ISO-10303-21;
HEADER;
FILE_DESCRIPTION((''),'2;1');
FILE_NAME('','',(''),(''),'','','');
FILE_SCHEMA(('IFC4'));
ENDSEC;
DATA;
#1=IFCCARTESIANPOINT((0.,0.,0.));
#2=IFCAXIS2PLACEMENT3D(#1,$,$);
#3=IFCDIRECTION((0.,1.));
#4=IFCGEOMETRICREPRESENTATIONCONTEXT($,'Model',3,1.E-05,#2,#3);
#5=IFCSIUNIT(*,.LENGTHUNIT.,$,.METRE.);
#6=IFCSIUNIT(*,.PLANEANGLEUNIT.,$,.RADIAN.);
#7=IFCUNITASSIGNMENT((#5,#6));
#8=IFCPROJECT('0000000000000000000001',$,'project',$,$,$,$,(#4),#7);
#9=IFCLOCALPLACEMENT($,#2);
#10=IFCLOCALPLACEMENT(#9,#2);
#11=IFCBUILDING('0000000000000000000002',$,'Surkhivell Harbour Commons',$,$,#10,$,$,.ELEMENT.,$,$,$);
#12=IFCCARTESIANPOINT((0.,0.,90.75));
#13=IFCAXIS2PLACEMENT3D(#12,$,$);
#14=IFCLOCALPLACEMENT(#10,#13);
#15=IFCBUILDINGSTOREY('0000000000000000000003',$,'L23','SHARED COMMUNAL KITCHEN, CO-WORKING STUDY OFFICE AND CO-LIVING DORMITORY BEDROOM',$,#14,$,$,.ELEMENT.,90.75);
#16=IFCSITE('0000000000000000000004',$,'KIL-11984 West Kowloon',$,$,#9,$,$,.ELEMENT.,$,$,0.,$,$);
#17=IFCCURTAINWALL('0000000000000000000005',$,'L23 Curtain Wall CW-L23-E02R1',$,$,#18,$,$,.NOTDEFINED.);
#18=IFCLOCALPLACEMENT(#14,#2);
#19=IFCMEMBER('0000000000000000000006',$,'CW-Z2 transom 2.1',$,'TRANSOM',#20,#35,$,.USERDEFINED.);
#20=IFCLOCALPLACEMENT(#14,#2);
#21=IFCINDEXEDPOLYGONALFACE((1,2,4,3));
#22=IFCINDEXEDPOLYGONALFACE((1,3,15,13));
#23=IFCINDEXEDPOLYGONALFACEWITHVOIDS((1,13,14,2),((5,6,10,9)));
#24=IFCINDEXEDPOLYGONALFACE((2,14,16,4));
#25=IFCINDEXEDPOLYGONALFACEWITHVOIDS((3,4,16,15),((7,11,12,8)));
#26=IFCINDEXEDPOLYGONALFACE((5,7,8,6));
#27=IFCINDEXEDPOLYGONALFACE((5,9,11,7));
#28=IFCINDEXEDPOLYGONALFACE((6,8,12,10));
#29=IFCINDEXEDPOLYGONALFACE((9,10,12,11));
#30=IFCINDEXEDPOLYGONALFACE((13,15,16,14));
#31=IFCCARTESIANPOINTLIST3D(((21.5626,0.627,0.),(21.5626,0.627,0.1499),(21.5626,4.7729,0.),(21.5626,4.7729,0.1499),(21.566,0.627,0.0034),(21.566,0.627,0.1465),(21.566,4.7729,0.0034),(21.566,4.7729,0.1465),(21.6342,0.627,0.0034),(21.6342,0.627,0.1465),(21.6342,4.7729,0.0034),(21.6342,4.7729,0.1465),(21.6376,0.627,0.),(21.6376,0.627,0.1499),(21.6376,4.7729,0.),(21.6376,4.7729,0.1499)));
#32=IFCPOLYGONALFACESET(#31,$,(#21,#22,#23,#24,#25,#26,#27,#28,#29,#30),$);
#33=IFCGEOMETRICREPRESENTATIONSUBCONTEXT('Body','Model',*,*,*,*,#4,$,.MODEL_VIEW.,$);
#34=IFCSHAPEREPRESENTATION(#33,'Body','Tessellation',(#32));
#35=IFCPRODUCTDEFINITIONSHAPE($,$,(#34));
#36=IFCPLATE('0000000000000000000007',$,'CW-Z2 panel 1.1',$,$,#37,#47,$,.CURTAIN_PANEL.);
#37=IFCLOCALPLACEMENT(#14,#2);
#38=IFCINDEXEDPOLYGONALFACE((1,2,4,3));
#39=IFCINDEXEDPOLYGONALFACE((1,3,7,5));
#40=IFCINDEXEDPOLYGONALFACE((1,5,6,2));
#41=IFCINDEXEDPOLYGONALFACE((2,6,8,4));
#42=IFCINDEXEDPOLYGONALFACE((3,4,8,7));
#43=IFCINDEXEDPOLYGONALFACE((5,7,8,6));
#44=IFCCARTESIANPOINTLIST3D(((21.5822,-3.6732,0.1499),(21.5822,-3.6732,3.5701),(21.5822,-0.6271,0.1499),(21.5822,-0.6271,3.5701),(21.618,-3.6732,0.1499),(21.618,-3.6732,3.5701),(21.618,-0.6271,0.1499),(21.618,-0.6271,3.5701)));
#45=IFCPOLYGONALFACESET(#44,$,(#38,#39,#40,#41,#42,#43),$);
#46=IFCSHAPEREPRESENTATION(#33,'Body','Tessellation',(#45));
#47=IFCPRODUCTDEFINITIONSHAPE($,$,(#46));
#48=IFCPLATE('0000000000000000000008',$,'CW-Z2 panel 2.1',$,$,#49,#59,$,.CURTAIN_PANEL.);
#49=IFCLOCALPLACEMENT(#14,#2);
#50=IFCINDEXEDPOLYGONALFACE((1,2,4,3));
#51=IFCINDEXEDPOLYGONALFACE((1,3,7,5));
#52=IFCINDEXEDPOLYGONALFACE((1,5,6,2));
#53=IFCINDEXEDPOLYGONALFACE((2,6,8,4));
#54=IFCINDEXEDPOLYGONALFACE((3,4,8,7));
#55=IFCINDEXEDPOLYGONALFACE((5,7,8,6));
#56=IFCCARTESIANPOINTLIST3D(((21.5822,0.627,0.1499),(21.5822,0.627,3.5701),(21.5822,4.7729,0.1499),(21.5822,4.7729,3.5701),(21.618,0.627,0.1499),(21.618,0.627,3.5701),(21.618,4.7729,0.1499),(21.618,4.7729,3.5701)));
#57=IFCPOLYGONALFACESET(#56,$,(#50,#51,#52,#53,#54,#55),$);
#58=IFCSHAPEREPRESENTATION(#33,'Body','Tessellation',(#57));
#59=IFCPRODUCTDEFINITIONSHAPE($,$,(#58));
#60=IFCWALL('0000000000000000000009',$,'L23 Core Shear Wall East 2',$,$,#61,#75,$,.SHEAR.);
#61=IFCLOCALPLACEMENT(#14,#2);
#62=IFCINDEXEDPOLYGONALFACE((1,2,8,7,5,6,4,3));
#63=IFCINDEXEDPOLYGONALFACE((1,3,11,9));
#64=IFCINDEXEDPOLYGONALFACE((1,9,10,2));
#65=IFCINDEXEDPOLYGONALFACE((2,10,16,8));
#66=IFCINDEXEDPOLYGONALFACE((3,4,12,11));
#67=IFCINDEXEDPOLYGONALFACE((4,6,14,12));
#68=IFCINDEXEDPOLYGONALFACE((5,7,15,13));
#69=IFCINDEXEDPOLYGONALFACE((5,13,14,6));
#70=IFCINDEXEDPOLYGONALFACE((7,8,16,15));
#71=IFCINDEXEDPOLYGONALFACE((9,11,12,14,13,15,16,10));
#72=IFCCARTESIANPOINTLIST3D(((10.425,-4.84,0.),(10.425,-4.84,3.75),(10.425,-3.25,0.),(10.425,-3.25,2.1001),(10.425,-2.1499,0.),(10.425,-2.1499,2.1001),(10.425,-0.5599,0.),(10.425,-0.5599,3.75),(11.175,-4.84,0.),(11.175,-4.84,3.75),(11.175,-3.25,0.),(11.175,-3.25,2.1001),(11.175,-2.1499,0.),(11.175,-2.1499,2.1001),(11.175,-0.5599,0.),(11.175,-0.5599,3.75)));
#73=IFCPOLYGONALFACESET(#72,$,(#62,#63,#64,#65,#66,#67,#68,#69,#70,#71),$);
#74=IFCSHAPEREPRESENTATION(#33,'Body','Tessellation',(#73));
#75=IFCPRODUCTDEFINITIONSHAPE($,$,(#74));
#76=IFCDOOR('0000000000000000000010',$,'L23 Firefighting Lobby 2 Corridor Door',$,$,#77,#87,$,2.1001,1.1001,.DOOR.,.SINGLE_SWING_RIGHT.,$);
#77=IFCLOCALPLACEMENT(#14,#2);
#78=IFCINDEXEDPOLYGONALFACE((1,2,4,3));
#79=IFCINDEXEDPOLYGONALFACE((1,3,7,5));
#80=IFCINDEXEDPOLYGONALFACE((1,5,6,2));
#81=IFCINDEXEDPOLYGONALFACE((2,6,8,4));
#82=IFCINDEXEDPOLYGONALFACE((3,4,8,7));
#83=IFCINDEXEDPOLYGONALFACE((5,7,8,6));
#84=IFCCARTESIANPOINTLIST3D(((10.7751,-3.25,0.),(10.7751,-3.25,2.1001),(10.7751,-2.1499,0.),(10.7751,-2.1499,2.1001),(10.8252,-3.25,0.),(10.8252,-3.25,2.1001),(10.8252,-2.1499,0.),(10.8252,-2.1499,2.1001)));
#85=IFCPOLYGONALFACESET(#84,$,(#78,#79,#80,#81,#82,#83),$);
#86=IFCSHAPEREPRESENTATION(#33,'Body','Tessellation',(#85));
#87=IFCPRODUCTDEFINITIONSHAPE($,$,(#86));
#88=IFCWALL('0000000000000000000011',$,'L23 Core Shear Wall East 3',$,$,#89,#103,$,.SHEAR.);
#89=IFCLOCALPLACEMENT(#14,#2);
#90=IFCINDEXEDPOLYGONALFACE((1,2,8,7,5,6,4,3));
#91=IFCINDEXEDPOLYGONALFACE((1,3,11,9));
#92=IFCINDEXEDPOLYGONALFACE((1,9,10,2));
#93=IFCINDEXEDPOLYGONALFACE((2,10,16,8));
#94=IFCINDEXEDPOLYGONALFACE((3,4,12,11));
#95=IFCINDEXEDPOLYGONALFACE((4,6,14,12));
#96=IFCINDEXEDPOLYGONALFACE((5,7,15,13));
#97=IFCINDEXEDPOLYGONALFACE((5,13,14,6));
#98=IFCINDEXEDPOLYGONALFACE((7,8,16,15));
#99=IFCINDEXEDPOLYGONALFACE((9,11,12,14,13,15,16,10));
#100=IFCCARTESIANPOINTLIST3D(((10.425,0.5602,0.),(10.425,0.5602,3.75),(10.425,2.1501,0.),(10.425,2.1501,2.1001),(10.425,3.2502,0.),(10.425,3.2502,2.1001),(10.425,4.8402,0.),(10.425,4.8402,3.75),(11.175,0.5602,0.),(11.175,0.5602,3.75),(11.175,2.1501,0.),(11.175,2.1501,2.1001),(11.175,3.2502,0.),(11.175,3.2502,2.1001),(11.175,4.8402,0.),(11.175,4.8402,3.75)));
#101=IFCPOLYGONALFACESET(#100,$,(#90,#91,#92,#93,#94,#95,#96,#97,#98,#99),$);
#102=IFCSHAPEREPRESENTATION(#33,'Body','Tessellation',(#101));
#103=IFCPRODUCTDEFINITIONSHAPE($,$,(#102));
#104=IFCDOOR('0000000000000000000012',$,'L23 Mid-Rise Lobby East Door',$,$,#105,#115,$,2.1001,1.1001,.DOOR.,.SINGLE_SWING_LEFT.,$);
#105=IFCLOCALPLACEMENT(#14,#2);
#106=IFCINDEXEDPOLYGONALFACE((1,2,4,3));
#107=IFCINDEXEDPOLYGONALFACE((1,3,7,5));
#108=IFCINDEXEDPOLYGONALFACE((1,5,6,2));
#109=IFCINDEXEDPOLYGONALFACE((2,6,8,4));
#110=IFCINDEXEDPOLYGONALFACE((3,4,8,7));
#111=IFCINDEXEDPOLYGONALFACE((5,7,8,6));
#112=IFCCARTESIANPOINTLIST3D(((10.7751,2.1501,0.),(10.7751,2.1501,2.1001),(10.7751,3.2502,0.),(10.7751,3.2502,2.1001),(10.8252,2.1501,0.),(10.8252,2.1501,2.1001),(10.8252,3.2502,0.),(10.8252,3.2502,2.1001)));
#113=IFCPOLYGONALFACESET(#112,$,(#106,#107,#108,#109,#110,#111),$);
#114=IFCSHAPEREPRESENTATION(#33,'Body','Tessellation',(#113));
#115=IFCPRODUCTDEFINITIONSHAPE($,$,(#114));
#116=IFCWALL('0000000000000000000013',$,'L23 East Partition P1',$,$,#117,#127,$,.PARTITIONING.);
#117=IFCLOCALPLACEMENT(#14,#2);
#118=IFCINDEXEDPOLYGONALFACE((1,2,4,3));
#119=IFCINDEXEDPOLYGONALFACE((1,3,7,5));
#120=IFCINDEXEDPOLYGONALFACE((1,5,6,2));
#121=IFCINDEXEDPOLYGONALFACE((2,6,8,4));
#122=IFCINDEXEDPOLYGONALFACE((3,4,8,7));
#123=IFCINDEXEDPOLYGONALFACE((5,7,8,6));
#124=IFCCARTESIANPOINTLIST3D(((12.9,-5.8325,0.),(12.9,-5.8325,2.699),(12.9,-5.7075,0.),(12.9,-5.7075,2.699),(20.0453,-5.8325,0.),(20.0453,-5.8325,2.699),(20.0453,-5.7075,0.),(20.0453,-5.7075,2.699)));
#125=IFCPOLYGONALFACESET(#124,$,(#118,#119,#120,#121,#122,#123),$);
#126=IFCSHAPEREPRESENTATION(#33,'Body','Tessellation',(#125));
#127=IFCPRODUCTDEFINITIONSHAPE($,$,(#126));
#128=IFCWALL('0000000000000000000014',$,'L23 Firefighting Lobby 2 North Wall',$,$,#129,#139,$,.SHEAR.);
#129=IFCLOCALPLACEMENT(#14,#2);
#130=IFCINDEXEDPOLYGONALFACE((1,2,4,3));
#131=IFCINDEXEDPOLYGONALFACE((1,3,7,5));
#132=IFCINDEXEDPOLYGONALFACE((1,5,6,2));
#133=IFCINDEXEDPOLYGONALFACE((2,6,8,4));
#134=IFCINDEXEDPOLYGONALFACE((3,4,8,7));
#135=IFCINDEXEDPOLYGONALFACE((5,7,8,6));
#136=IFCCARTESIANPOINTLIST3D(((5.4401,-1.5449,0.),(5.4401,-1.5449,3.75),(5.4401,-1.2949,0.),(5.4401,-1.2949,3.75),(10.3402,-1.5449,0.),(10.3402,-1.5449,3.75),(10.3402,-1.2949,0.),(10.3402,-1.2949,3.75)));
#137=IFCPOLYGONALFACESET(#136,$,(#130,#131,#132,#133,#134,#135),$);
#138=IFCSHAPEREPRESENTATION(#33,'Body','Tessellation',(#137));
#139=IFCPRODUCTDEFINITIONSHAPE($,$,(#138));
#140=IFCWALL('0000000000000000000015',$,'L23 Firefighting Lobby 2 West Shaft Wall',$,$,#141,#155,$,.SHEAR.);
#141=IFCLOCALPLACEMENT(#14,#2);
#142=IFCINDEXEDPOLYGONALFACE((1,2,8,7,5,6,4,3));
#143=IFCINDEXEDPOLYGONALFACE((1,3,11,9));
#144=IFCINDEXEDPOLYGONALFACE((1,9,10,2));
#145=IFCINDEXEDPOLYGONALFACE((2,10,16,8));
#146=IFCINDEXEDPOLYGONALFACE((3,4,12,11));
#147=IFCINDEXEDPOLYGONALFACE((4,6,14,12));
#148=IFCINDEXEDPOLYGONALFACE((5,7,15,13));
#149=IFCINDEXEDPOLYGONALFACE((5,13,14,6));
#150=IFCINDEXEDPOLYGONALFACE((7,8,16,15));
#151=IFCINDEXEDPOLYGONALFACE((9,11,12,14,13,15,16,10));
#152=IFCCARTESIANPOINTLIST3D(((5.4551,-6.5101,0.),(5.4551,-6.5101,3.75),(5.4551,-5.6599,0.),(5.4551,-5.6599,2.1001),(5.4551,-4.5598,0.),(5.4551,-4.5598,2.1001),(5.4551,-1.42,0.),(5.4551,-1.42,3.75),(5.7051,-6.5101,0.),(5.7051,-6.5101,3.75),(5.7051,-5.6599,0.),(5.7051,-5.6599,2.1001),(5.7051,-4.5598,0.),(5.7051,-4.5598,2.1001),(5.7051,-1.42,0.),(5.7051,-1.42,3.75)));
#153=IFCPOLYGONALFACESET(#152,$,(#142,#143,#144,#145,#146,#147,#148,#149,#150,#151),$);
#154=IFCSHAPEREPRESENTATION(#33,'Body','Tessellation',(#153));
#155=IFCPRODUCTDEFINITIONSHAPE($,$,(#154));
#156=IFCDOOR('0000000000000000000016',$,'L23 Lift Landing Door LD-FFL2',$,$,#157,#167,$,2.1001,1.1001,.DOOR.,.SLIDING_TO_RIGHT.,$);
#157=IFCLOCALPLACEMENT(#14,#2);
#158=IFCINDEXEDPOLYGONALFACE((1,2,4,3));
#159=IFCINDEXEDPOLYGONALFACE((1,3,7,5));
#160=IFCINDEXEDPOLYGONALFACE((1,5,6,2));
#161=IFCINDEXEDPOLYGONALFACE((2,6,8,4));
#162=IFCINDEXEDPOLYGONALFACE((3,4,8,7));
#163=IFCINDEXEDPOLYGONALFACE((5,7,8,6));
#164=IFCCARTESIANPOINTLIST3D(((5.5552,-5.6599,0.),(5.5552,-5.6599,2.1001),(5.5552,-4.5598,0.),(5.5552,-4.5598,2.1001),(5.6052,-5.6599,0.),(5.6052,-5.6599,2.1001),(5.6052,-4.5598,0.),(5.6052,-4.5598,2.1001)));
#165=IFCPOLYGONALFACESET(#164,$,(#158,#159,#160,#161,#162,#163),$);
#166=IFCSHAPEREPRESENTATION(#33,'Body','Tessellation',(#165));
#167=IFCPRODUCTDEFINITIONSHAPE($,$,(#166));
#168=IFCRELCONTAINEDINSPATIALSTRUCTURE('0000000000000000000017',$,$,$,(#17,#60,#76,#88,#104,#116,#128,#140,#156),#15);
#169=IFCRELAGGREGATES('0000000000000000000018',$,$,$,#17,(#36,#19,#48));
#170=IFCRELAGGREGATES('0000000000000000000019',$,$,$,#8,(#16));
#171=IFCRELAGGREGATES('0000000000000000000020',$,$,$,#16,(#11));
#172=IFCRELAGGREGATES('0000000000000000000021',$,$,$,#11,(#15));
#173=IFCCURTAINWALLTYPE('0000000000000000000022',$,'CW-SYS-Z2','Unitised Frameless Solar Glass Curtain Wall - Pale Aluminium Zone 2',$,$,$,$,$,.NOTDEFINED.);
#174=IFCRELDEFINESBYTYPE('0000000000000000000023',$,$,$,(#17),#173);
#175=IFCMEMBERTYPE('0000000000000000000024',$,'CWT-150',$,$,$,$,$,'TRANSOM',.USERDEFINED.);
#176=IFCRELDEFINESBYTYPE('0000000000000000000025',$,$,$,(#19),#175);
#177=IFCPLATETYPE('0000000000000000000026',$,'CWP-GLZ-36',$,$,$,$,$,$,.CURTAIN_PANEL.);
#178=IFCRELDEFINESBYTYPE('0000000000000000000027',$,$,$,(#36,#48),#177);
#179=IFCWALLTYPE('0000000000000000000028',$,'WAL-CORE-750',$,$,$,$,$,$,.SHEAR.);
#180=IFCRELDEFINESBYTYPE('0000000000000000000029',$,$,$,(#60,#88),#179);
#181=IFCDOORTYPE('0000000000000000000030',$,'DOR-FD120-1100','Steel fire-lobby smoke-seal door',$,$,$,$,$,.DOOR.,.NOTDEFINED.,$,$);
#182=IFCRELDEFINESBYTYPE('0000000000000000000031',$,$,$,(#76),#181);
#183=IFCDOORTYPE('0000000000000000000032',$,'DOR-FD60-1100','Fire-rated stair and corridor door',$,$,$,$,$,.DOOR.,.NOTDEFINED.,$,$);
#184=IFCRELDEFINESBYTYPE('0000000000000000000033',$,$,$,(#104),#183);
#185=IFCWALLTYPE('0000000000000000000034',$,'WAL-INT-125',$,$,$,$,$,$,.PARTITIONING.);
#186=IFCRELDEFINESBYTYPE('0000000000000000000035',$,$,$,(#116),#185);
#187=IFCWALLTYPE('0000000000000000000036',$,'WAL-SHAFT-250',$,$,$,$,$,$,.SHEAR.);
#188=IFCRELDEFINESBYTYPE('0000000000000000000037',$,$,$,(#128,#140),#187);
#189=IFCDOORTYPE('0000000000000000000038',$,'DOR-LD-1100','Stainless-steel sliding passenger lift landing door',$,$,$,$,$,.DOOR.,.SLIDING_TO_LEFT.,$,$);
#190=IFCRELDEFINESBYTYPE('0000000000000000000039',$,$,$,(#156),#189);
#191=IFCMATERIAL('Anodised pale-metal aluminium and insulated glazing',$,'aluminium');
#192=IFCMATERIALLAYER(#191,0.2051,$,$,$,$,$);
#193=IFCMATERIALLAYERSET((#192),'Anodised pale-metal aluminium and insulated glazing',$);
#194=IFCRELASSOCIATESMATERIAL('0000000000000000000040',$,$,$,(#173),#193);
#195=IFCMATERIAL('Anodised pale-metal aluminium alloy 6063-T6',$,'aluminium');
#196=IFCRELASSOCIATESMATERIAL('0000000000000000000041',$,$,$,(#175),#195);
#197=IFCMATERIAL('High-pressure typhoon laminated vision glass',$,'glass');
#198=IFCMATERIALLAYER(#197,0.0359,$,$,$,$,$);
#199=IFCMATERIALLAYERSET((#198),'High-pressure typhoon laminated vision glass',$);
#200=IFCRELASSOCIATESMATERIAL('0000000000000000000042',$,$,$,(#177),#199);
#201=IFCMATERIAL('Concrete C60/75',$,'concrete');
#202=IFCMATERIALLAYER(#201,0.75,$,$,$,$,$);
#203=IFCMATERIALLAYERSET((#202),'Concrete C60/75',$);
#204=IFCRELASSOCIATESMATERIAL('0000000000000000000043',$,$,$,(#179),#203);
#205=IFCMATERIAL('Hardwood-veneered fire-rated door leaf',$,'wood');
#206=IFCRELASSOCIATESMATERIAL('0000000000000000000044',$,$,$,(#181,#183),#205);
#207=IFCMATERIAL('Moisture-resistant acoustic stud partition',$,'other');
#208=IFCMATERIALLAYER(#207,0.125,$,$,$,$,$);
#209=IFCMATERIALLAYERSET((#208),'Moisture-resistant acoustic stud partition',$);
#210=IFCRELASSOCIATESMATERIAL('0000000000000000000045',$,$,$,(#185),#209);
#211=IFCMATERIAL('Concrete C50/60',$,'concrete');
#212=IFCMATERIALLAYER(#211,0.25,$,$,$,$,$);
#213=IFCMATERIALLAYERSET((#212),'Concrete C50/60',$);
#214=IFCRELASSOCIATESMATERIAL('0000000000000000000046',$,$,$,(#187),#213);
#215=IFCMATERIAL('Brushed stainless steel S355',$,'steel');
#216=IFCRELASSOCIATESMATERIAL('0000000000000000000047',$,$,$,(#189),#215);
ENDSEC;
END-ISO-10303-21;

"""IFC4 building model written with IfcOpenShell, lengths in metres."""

from ifc_helpers import new_model, si_unit, direction, frame, frame_2d, origin, origin_2d, place, context, subcontext, project, spatial, rectangle, hollow_rectangle, extrude, material, layer, layer_set, material_profile, profile_set, type_object, element, fill, aggregate, save


model = new_model("IFC4")

# Units and contexts
model_context = context("Model", 3, precision=1e-05, world=origin(), true_north=direction((0.0, 1.0)))
body_context = subcontext(model_context, "Body", "Model", "MODEL_VIEW")
ifc_project = project(units=[si_unit("LENGTHUNIT", "METRE"), si_unit("PLANEANGLEUNIT", "RADIAN")], contexts=[model_context])

# Site, building, storey
site_placement = place(None, origin())
site = spatial("IfcSite", under=ifc_project, at=site_placement, Name="KIL-11984 West Kowloon", CompositionType="ELEMENT", RefElevation=0.0)
building_placement = place(site_placement, origin())
building = spatial("IfcBuilding", under=site, at=building_placement, Name="Surkhivell Harbour Commons", CompositionType="ELEMENT")
storey_placement = place(building_placement, frame((0.0, 0.0, 90.75)))
storey = spatial("IfcBuildingStorey", under=building, at=storey_placement, Name="L23", Description="SHARED COMMUNAL KITCHEN, CO-WORKING STUDY OFFICE AND CO-LIVING DORMITORY BEDROOM", CompositionType="ELEMENT", Elevation=90.75)

# Shared definitions
ifc_material_1 = material(Name="Concrete C60/75", Category="concrete")

# Shared definitions
ifc_material_2 = material(Name="Anodised pale-metal aluminium and insulated glazing", Category="aluminium")
ifc_layer_1 = layer(ifc_material_2, 0.2051)
ifc_layer_set_1 = layer_set([ifc_layer_1], Name="Anodised pale-metal aluminium and insulated glazing")
curtain_wall_type = type_object("IfcCurtainWallType", Name="CW-SYS-Z2", Description="Unitised Frameless Solar Glass Curtain Wall - Pale Aluminium Zone 2", PredefinedType="NOTDEFINED", material=ifc_layer_set_1)
ifc_material_3 = material(Name="Anodised pale-metal aluminium alloy 6063-T6", Category="aluminium")

# Curtain wall, member, plates
curtain_wall_1_placement = place(storey_placement, origin())
curtain_wall_1 = element("IfcCurtainWall", 1, at=curtain_wall_1_placement, inside=storey, type_object=curtain_wall_type, Name="L23 Curtain Wall CW-L23-E02R1", PredefinedType="NOTDEFINED")
ifc_material_profile_1 = material_profile(ifc_material_3, hollow_rectangle(XDim=0.075, YDim=0.1499, WallThickness=0.0034, at=origin_2d()), Name="ALU-TRAN-75x150")
ifc_profile_set_1 = profile_set([ifc_material_profile_1], Name="Anodised pale-metal aluminium alloy 6063-T6")
member_type_1 = type_object("IfcMemberType", Name="CWT-150", ElementType="TRANSOM", PredefinedType="USERDEFINED", material=ifc_profile_set_1)
member_1_placement = place(storey_placement, frame((21.6001, 0.627, 0.075), z_axis=(0.0, 1.0, 0.0), x_axis=(-1.0, 0.0, 0.0)))
member_1 = element("IfcMember", 2, at=member_1_placement, type_object=member_type_1, Name="CW-Z2 transom 2.1", ObjectType="TRANSOM", PredefinedType="USERDEFINED", context=body_context, shape_type="SweptSolid", body=[
    extrude(hollow_rectangle(XDim=0.075, YDim=0.1499, WallThickness=0.0034, at=origin_2d()), origin(), (0.0, 0.0, 1.0), 4.146),
])
ifc_material_4 = material(Name="High-pressure typhoon laminated vision glass", Category="glass")
ifc_layer_2 = layer(ifc_material_4, 0.0359)
ifc_layer_set_2 = layer_set([ifc_layer_2], Name="High-pressure typhoon laminated vision glass")
plate_type = type_object("IfcPlateType", Name="CWP-GLZ-36", PredefinedType="CURTAIN_PANEL", material=ifc_layer_set_2)
plate_1_placement = place(storey_placement, frame((21.6001, -3.6731, 0.1499), z_axis=(0.0, 0.0, 1.0), x_axis=(0.0, 1.0, 0.0)))
plate_1 = element("IfcPlate", 3, at=plate_1_placement, type_object=plate_type, Name="CW-Z2 panel 1.1", PredefinedType="CURTAIN_PANEL", context=body_context, shape_type="SweptSolid", body=[
    extrude(rectangle(XDim=3.0461, YDim=0.0359, at=frame_2d((1.5229, 0.0))), origin(), (0.0, 0.0, 1.0), 3.4202),
])
plate_2_placement = place(storey_placement, frame((21.6001, 0.627, 0.1499), z_axis=(0.0, 0.0, 1.0), x_axis=(0.0, 1.0, 0.0)))
plate_2 = element("IfcPlate", 4, at=plate_2_placement, type_object=plate_type, Name="CW-Z2 panel 2.1", PredefinedType="CURTAIN_PANEL", context=body_context, shape_type="SweptSolid", body=[
    extrude(rectangle(XDim=4.146, YDim=0.0359, at=frame_2d((2.073, 0.0))), origin(), (0.0, 0.0, 1.0), 3.4202),
])
aggregate(curtain_wall_1, [plate_1, member_1, plate_2])

# Walls, openings, doors
ifc_layer_3 = layer(ifc_material_1, 0.75)
ifc_layer_set_3 = layer_set([ifc_layer_3], Name="Concrete C60/75")
wall_type_1 = type_object("IfcWallType", Name="WAL-CORE-750", PredefinedType="SHEAR", material=ifc_layer_set_3)
wall_1_placement = place(storey_placement, frame((10.8, -4.8401, 0.0), z_axis=(0.0, 0.0, 1.0), x_axis=(0.0, 1.0, 0.0)))
wall_1 = element("IfcWall", 5, at=wall_1_placement, inside=storey, type_object=wall_type_1, Name="L23 Core Shear Wall East 2", PredefinedType="SHEAR", context=body_context, shape_type="SweptSolid", body=[
    extrude(rectangle(XDim=4.28, YDim=0.75, at=frame_2d((2.1401, 0.0))), origin(), (0.0, 0.0, 1.0), 3.75),
])
opening_1_placement = place(wall_1_placement, frame((1.5901, 0.0, 0.0)))
opening_1 = element("IfcOpeningElement", 6, at=opening_1_placement, cuts=wall_1, PredefinedType="OPENING", context=body_context, shape_type="SweptSolid", body=[
    extrude(rectangle(XDim=1.1001, YDim=2.1001, at=frame_2d((0.55, 1.05))), frame((0.0, 0.385, 0.0), z_axis=(0.0, -1.0, 0.0), x_axis=(1.0, 0.0, 0.0)), (0.0, 0.0, 1.0), 0.77),
])
ifc_material_5 = material(Name="Hardwood-veneered fire-rated door leaf", Category="wood")
door_type_1 = type_object("IfcDoorType", Name="DOR-FD120-1100", Description="Steel fire-lobby smoke-seal door", OperationType="NOTDEFINED", PredefinedType="DOOR", material=ifc_material_5)
door_1_placement = place(opening_1_placement, origin())
door_1 = element("IfcDoor", 7, at=door_1_placement, inside=storey, type_object=door_type_1, Name="L23 Firefighting Lobby 2 Corridor Door", OperationType="SINGLE_SWING_RIGHT", OverallHeight=2.1001, OverallWidth=1.1001, PredefinedType="DOOR", context=body_context, shape_type="SweptSolid", body=[
    extrude(rectangle(XDim=1.1001, YDim=2.1001, at=frame_2d((0.55, 1.05))), frame((0.0, 0.0249, 0.0), z_axis=(0.0, -1.0, 0.0), x_axis=(1.0, 0.0, 0.0)), (0.0, 0.0, 1.0), 0.05),
])
fill(opening_1, door_1)
wall_2_placement = place(storey_placement, frame((10.8, 0.5601, 0.0), z_axis=(0.0, 0.0, 1.0), x_axis=(0.0, 1.0, 0.0)))
wall_2 = element("IfcWall", 8, at=wall_2_placement, inside=storey, type_object=wall_type_1, Name="L23 Core Shear Wall East 3", PredefinedType="SHEAR", context=body_context, shape_type="SweptSolid", body=[
    extrude(rectangle(XDim=4.28, YDim=0.75, at=frame_2d((2.1401, 0.0))), origin(), (0.0, 0.0, 1.0), 3.75),
])
opening_2_placement = place(wall_2_placement, frame((1.5901, 0.0, 0.0)))
opening_2 = element("IfcOpeningElement", 9, at=opening_2_placement, cuts=wall_2, PredefinedType="OPENING", context=body_context, shape_type="SweptSolid", body=[
    extrude(rectangle(XDim=1.1001, YDim=2.1001, at=frame_2d((0.55, 1.05))), frame((0.0, 0.385, 0.0), z_axis=(0.0, -1.0, 0.0), x_axis=(1.0, 0.0, 0.0)), (0.0, 0.0, 1.0), 0.77),
])
door_type_2 = type_object("IfcDoorType", Name="DOR-FD60-1100", Description="Fire-rated stair and corridor door", OperationType="NOTDEFINED", PredefinedType="DOOR", material=ifc_material_5)
door_2_placement = place(opening_2_placement, origin())
door_2 = element("IfcDoor", 10, at=door_2_placement, inside=storey, type_object=door_type_2, Name="L23 Mid-Rise Lobby East Door", OperationType="SINGLE_SWING_LEFT", OverallHeight=2.1001, OverallWidth=1.1001, PredefinedType="DOOR", context=body_context, shape_type="SweptSolid", body=[
    extrude(rectangle(XDim=1.1001, YDim=2.1001, at=frame_2d((0.55, 1.05))), frame((0.0, 0.0249, 0.0), z_axis=(0.0, -1.0, 0.0), x_axis=(1.0, 0.0, 0.0)), (0.0, 0.0, 1.0), 0.05),
])
fill(opening_2, door_2)

# Walls
ifc_material_6 = material(Name="Moisture-resistant acoustic stud partition", Category="other")
ifc_layer_4 = layer(ifc_material_6, 0.125)
ifc_layer_set_4 = layer_set([ifc_layer_4], Name="Moisture-resistant acoustic stud partition")
wall_type_2 = type_object("IfcWallType", Name="WAL-INT-125", PredefinedType="PARTITIONING", material=ifc_layer_set_4)
wall_3_placement = place(storey_placement, frame((12.8999, -5.77, 0.0), z_axis=(0.0, 0.0, 1.0), x_axis=(1.0, 0.0, 0.0)))
element("IfcWall", 11, at=wall_3_placement, inside=storey, type_object=wall_type_2, Name="L23 East Partition P1", PredefinedType="PARTITIONING", context=body_context, shape_type="SweptSolid", body=[
    extrude(rectangle(XDim=7.1453, YDim=0.125, at=frame_2d((3.5728, 0.0))), origin(), (0.0, 0.0, 1.0), 2.699),
])
ifc_material_7 = material(Name="Concrete C50/60", Category="concrete")
ifc_layer_5 = layer(ifc_material_7, 0.25)
ifc_layer_set_5 = layer_set([ifc_layer_5], Name="Concrete C50/60")
wall_type_3 = type_object("IfcWallType", Name="WAL-SHAFT-250", PredefinedType="SHEAR", material=ifc_layer_set_5)
wall_4_placement = place(storey_placement, frame((5.4399, -1.4199, 0.0), z_axis=(0.0, 0.0, 1.0), x_axis=(1.0, 0.0, 0.0)))
element("IfcWall", 12, at=wall_4_placement, inside=storey, type_object=wall_type_3, Name="L23 Firefighting Lobby 2 North Wall", PredefinedType="SHEAR", context=body_context, shape_type="SweptSolid", body=[
    extrude(rectangle(XDim=4.9001, YDim=0.25, at=frame_2d((2.4502, 0.0))), origin(), (0.0, 0.0, 1.0), 3.75),
])

# Wall, opening, door
wall_5_placement = place(storey_placement, frame((5.5801, -6.51, 0.0), z_axis=(0.0, 0.0, 1.0), x_axis=(0.0, 1.0, 0.0)))
wall_5 = element("IfcWall", 13, at=wall_5_placement, inside=storey, type_object=wall_type_3, Name="L23 Firefighting Lobby 2 West Shaft Wall", PredefinedType="SHEAR", context=body_context, shape_type="SweptSolid", body=[
    extrude(rectangle(XDim=5.0901, YDim=0.25, at=frame_2d((2.5449, 0.0))), origin(), (0.0, 0.0, 1.0), 3.75),
])
opening_3_placement = place(wall_5_placement, frame((0.8501, 0.0, 0.0)))
opening_3 = element("IfcOpeningElement", 14, at=opening_3_placement, cuts=wall_5, PredefinedType="OPENING", context=body_context, shape_type="SweptSolid", body=[
    extrude(rectangle(XDim=1.1001, YDim=2.1001, at=frame_2d((0.55, 1.05))), frame((0.0, 0.135, 0.0), z_axis=(0.0, -1.0, 0.0), x_axis=(1.0, 0.0, 0.0)), (0.0, 0.0, 1.0), 0.27),
])
ifc_material_8 = material(Name="Brushed stainless steel S355", Category="steel")
door_type_3 = type_object("IfcDoorType", Name="DOR-LD-1100", Description="Stainless-steel sliding passenger lift landing door", OperationType="SLIDING_TO_LEFT", PredefinedType="DOOR", material=ifc_material_8)
door_3_placement = place(opening_3_placement, origin())
door_3 = element("IfcDoor", 15, at=door_3_placement, inside=storey, type_object=door_type_3, Name="L23 Lift Landing Door LD-FFL2", OperationType="SLIDING_TO_RIGHT", OverallHeight=2.1001, OverallWidth=1.1001, PredefinedType="DOOR", context=body_context, shape_type="SweptSolid", body=[
    extrude(rectangle(XDim=1.1001, YDim=2.1001, at=frame_2d((0.55, 1.05))), frame((0.0, 0.0249, 0.0), z_axis=(0.0, -1.0, 0.0), x_axis=(1.0, 0.0, 0.0)), (0.0, 0.0, 1.0), 0.05),
])
fill(opening_3, door_3)

save(model, "model.ifc")
